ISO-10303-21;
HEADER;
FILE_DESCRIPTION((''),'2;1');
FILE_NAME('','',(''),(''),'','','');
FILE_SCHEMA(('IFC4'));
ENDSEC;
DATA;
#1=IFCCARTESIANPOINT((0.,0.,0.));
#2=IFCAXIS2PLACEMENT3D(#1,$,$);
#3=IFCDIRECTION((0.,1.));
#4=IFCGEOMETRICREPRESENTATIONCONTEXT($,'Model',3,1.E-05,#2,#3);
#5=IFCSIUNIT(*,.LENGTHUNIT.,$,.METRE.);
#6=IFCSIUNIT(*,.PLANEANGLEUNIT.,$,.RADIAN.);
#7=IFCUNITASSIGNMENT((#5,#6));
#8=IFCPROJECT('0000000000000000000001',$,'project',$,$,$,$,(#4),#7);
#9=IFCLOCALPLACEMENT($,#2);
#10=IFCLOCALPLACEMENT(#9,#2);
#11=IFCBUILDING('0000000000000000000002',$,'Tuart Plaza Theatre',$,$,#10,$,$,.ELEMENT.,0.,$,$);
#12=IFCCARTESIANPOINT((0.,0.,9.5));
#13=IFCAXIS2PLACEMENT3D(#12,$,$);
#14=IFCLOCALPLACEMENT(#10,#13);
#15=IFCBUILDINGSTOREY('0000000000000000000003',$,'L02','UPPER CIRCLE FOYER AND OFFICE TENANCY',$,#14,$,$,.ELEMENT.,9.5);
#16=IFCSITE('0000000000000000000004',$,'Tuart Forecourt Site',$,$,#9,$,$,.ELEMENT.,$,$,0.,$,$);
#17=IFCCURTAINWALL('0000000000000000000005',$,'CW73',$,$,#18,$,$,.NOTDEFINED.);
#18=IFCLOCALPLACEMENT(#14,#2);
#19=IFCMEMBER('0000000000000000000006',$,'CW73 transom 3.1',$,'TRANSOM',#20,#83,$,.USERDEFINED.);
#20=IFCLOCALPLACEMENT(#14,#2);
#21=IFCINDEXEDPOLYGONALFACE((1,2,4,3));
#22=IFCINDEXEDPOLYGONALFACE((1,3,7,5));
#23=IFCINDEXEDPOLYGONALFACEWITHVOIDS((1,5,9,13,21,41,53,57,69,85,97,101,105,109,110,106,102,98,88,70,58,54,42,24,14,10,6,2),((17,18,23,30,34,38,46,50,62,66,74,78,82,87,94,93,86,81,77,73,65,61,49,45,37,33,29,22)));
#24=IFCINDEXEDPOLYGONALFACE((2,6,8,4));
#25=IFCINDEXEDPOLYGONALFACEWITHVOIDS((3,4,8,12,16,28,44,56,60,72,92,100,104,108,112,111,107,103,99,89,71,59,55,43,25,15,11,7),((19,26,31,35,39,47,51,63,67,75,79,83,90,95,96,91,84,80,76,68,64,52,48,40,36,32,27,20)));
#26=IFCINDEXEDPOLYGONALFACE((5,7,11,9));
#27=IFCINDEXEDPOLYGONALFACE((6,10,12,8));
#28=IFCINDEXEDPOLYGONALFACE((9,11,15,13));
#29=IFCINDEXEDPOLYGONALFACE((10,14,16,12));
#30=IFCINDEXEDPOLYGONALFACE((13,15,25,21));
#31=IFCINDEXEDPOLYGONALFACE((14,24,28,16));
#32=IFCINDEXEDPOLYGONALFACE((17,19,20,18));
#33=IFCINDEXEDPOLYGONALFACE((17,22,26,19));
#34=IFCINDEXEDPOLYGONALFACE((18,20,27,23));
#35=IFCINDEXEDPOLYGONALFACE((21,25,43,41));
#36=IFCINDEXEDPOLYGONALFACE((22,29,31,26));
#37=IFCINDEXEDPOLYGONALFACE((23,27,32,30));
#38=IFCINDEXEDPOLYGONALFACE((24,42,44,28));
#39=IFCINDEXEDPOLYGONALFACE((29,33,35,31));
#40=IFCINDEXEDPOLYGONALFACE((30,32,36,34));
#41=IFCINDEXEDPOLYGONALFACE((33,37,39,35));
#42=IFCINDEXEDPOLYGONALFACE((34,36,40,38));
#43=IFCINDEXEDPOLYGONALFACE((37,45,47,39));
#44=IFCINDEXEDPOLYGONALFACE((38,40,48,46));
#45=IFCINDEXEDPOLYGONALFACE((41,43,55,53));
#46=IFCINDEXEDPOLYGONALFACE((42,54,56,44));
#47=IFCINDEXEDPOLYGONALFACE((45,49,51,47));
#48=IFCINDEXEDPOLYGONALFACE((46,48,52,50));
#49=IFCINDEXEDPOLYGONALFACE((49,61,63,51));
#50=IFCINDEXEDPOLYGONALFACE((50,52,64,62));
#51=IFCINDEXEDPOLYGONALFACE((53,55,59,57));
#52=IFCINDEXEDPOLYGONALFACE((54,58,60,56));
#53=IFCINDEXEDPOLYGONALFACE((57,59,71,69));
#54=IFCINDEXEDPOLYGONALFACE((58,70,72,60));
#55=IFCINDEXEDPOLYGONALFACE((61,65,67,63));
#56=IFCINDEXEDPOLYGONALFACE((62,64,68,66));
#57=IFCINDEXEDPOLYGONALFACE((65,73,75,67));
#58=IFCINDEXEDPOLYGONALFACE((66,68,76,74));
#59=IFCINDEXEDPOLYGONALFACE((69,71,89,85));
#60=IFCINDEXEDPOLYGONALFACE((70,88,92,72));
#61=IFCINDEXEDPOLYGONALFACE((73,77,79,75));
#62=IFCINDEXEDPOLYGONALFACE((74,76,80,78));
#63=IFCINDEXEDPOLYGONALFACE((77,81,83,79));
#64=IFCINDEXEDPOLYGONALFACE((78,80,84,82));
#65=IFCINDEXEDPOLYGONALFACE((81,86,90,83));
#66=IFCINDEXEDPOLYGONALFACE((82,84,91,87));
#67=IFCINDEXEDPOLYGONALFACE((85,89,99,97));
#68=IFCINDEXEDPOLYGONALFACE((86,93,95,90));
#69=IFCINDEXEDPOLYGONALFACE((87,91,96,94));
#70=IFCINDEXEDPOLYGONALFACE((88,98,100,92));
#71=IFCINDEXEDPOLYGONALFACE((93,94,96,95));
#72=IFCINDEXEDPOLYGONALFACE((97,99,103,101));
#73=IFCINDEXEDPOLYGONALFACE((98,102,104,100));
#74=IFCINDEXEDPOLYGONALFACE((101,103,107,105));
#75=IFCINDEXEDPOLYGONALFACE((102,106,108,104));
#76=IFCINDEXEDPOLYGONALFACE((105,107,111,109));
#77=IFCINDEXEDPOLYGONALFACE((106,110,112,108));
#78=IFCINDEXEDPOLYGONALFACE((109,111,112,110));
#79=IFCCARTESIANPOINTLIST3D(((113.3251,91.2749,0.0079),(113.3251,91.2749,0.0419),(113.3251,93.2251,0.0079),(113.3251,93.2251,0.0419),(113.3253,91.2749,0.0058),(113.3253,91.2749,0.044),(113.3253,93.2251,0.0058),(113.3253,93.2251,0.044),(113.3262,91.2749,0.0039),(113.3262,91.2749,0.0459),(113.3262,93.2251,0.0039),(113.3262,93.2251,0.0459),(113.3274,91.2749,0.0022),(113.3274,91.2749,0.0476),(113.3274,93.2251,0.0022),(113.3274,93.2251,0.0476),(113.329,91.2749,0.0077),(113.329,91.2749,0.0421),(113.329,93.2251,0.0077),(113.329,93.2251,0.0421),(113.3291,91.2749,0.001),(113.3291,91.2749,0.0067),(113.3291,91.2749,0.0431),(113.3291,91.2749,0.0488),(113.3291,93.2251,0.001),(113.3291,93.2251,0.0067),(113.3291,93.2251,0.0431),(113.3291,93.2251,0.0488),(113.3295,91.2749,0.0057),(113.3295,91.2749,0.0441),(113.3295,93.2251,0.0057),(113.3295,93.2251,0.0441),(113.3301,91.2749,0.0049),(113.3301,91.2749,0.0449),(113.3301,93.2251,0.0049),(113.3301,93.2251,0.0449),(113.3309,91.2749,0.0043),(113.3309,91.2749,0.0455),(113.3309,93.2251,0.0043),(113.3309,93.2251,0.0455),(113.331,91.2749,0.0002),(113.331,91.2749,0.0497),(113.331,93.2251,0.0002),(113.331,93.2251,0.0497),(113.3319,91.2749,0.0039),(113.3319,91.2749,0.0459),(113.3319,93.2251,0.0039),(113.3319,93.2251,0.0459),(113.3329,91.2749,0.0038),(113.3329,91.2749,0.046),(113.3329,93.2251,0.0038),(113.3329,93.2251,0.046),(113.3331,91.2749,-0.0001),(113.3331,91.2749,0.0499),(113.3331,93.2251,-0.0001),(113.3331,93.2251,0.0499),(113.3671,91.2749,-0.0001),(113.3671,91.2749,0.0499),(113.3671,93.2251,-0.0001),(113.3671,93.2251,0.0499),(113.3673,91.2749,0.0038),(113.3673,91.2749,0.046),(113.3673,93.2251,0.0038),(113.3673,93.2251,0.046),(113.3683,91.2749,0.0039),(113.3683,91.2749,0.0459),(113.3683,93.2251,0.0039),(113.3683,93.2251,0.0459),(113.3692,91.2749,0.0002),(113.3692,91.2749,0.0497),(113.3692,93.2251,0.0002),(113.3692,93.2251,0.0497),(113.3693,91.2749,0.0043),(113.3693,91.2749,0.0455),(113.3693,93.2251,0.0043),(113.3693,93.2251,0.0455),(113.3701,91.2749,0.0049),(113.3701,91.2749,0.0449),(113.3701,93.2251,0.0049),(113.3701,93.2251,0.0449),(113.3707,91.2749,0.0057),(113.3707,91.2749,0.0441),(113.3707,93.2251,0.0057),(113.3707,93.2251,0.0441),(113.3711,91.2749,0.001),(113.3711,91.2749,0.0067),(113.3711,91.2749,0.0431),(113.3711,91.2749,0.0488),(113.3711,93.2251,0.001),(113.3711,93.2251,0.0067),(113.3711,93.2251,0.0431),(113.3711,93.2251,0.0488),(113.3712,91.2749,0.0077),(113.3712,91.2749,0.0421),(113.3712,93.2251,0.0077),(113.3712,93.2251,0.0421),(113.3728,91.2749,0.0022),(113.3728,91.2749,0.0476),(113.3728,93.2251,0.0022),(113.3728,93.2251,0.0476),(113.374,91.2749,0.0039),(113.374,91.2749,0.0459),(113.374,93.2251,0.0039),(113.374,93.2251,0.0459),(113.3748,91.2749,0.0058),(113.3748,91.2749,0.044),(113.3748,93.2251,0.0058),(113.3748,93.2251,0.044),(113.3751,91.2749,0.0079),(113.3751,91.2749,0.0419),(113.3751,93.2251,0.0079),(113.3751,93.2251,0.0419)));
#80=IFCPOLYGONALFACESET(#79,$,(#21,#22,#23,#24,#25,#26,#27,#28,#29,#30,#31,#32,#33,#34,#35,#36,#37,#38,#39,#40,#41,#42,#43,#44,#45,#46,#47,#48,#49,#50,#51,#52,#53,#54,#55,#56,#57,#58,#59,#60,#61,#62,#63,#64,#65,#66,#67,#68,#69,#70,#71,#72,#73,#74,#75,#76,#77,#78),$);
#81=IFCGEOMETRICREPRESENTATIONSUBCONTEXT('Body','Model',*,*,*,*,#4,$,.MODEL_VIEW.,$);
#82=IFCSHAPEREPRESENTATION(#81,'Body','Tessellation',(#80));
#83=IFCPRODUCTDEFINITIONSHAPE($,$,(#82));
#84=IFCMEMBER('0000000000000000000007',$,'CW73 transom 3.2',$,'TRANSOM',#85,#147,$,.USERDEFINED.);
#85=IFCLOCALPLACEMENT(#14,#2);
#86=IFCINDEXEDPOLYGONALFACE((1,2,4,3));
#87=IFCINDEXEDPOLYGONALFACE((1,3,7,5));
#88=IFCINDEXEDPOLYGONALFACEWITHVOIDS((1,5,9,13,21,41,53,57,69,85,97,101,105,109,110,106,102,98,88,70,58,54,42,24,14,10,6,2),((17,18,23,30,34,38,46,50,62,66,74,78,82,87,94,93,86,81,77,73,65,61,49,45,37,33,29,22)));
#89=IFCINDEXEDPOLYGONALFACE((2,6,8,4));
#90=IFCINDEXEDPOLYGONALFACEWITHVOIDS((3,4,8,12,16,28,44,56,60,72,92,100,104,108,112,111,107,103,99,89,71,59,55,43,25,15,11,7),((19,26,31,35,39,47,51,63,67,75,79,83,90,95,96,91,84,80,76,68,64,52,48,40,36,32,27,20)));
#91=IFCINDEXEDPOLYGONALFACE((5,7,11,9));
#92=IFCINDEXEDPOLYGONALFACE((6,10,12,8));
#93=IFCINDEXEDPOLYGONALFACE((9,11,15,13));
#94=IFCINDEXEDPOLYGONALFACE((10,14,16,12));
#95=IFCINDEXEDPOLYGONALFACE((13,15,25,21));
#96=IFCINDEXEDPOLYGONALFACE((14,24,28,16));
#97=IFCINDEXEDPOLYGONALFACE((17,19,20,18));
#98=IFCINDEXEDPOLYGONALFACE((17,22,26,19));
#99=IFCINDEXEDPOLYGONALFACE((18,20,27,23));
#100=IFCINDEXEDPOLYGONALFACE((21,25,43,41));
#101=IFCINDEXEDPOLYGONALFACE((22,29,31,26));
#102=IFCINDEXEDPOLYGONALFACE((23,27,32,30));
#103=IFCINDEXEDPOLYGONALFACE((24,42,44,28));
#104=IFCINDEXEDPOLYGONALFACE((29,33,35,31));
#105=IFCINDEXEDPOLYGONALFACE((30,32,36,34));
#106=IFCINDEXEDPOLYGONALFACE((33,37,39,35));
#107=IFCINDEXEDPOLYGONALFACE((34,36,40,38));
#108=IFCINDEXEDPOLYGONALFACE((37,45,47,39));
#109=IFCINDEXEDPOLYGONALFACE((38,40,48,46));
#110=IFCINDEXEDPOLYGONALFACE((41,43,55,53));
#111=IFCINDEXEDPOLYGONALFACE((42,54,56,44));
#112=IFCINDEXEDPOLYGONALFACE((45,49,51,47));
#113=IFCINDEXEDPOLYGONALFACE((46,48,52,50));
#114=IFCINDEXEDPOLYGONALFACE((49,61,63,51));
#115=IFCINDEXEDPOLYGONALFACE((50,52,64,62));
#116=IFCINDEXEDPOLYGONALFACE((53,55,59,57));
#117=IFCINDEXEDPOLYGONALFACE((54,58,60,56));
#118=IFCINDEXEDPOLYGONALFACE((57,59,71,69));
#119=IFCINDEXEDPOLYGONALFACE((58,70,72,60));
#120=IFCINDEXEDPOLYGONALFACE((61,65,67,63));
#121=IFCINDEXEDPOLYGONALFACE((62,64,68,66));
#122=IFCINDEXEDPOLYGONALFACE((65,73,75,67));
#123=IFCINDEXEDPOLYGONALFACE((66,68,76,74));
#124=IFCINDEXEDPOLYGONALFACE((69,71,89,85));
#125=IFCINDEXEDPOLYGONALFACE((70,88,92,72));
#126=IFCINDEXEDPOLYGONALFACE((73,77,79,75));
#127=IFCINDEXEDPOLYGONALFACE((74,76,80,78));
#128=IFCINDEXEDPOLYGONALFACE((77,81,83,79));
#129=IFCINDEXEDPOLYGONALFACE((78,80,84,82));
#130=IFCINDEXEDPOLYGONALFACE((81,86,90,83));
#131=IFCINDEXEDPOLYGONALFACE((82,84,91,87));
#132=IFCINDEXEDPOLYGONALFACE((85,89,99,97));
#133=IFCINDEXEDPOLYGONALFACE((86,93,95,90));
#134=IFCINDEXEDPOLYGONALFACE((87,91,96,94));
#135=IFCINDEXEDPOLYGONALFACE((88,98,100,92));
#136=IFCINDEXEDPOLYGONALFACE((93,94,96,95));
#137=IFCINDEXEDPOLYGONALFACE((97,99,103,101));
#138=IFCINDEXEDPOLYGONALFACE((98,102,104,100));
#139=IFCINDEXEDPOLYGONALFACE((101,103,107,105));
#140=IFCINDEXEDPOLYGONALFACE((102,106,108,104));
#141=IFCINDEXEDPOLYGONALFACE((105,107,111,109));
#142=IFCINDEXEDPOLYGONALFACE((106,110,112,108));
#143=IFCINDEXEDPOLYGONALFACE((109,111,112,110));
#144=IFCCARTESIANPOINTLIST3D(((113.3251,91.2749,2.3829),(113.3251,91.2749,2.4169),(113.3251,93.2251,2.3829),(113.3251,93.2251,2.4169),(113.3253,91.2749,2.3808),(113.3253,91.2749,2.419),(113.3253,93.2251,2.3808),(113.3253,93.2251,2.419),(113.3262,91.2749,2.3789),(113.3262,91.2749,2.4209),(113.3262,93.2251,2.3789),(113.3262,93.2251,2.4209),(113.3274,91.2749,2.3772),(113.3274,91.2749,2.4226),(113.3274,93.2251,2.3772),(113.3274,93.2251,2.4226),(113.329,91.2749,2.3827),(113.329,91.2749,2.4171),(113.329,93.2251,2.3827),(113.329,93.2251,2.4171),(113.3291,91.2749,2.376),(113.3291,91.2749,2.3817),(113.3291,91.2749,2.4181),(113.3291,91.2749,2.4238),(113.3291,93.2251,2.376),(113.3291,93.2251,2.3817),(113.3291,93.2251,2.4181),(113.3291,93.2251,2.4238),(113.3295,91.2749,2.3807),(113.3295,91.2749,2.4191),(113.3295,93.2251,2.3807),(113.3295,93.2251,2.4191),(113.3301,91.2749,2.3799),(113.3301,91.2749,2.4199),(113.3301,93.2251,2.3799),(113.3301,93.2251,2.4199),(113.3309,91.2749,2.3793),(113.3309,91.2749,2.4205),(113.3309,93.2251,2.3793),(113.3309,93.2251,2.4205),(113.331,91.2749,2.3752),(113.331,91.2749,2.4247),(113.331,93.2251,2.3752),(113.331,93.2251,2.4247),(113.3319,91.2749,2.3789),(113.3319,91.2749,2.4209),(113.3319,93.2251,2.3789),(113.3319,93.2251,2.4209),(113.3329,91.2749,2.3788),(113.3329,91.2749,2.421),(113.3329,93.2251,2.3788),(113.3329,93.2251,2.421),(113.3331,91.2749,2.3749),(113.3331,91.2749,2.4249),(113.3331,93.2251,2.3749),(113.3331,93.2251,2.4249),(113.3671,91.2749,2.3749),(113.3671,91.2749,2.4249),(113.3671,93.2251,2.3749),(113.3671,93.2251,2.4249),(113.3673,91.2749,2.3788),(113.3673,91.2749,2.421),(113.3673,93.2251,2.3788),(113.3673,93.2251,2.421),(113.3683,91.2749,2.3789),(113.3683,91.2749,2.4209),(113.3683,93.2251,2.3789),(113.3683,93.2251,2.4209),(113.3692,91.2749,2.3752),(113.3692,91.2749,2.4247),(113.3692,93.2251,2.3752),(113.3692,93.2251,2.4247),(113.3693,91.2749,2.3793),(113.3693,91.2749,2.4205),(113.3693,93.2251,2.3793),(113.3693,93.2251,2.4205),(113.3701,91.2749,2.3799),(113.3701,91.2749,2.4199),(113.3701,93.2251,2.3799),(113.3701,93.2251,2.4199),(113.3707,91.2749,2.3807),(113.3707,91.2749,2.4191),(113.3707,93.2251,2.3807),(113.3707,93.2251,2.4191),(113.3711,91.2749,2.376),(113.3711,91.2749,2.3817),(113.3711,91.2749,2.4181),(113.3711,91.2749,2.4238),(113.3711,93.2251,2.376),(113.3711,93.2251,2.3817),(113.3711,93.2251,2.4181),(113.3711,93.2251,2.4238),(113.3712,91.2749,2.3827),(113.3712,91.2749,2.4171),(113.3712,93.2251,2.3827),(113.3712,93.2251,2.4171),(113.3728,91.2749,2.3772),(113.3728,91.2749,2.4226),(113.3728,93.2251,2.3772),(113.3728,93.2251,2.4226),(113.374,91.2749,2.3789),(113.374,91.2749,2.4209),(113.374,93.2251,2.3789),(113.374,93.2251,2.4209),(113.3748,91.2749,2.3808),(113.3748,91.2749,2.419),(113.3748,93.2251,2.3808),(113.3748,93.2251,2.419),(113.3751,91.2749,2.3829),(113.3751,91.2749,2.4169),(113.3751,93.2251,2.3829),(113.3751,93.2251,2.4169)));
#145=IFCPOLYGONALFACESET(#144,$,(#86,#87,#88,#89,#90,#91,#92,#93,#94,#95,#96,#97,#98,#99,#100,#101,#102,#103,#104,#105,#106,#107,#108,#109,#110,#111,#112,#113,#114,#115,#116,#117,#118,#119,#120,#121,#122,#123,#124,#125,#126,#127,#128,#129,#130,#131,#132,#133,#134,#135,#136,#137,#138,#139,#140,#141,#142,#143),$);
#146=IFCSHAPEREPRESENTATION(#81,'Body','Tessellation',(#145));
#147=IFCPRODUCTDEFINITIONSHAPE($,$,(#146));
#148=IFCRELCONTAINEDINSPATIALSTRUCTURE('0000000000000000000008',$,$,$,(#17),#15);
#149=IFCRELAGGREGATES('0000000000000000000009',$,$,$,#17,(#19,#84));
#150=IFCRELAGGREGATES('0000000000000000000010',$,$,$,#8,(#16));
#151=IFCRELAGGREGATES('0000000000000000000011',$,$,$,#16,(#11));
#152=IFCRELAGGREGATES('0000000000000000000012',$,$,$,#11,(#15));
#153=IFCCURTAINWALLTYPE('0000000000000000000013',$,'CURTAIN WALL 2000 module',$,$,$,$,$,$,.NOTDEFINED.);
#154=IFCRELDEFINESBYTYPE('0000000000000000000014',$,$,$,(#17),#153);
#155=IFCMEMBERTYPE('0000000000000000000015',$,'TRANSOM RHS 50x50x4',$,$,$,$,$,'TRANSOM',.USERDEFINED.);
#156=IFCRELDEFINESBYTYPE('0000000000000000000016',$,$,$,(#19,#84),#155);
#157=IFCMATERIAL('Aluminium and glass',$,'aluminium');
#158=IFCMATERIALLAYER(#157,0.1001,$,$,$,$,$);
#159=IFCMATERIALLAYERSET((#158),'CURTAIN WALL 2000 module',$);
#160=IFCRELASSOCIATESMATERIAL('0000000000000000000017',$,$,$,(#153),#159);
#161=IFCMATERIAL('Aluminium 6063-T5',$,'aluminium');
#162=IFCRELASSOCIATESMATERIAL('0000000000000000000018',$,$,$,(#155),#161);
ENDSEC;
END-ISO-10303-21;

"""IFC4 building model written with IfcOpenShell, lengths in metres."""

from ifc_helpers import new_model, si_unit, direction, frame, origin, origin_2d, place, context, subcontext, project, spatial, hollow_rectangle, extrude, material, layer, layer_set, material_profile, profile_set, type_object, element, aggregate, save


model = new_model("IFC4")

# Units and contexts
model_context = context("Model", 3, precision=1e-05, world=origin(), true_north=direction((0.0, 1.0)))
body_context = subcontext(model_context, "Body", "Model", "MODEL_VIEW")
ifc_project = project(units=[si_unit("LENGTHUNIT", "METRE"), si_unit("PLANEANGLEUNIT", "RADIAN")], contexts=[model_context])

# Site, building, storey
site_placement = place(None, origin())
site = spatial("IfcSite", under=ifc_project, at=site_placement, Name="Tuart Forecourt Site", CompositionType="ELEMENT", RefElevation=0.0)
building_placement = place(site_placement, origin())
building = spatial("IfcBuilding", under=site, at=building_placement, Name="Tuart Plaza Theatre", CompositionType="ELEMENT", ElevationOfRefHeight=0.0)
storey_placement = place(building_placement, frame((0.0, 0.0, 9.5)))
storey = spatial("IfcBuildingStorey", under=building, at=storey_placement, Name="L02", Description="UPPER CIRCLE FOYER AND OFFICE TENANCY", CompositionType="ELEMENT", Elevation=9.5)

# Curtain wall, members
ifc_material_1 = material(Name="Aluminium and glass", Category="aluminium")
ifc_layer_1 = layer(ifc_material_1, 0.1001)
ifc_layer_set_1 = layer_set([ifc_layer_1], Name="CURTAIN WALL 2000 module")
curtain_wall_type = type_object("IfcCurtainWallType", Name="CURTAIN WALL 2000 module", PredefinedType="NOTDEFINED", material=ifc_layer_set_1)
curtain_wall_placement = place(storey_placement, origin())
curtain_wall = element("IfcCurtainWall", 1, at=curtain_wall_placement, inside=storey, type_object=curtain_wall_type, Name="CW73", PredefinedType="NOTDEFINED")
ifc_material_2 = material(Name="Aluminium 6063-T5", Category="aluminium")
ifc_material_profile_1 = material_profile(ifc_material_2, hollow_rectangle(XDim=0.05, YDim=0.05, WallThickness=0.0039, InnerFilletRadius=0.0039, OuterFilletRadius=0.0081, at=origin_2d()), Name="RHS 50x50x4")
ifc_profile_set_1 = profile_set([ifc_material_profile_1], Name="Aluminium 6063-T5")
member_type_1 = type_object("IfcMemberType", Name="TRANSOM RHS 50x50x4", ElementType="TRANSOM", PredefinedType="USERDEFINED", material=ifc_profile_set_1)
member_1_placement = place(storey_placement, frame((113.3501, 93.2251, 0.0249), z_axis=(0.0, -1.0, 0.0), x_axis=(1.0, 0.0, 0.0)))
member_1 = element("IfcMember", 2, at=member_1_placement, type_object=member_type_1, Name="CW73 transom 3.1", ObjectType="TRANSOM", PredefinedType="USERDEFINED", context=body_context, shape_type="SweptSolid", body=[
    extrude(hollow_rectangle(XDim=0.05, YDim=0.05, WallThickness=0.0039, InnerFilletRadius=0.0039, OuterFilletRadius=0.0081, at=origin_2d()), origin(), (0.0, 0.0, 1.0), 1.9502),
])
member_2_placement = place(storey_placement, frame((113.3501, 93.2251, 2.3999), z_axis=(0.0, -1.0, 0.0), x_axis=(1.0, 0.0, 0.0)))
member_2 = element("IfcMember", 3, at=member_2_placement, type_object=member_type_1, Name="CW73 transom 3.2", ObjectType="TRANSOM", PredefinedType="USERDEFINED", context=body_context, shape_type="SweptSolid", body=[
    extrude(hollow_rectangle(XDim=0.05, YDim=0.05, WallThickness=0.0039, InnerFilletRadius=0.0039, OuterFilletRadius=0.0081, at=origin_2d()), origin(), (0.0, 0.0, 1.0), 1.9502),
])
aggregate(curtain_wall, [member_1, member_2])

save(model, "model.ifc")
